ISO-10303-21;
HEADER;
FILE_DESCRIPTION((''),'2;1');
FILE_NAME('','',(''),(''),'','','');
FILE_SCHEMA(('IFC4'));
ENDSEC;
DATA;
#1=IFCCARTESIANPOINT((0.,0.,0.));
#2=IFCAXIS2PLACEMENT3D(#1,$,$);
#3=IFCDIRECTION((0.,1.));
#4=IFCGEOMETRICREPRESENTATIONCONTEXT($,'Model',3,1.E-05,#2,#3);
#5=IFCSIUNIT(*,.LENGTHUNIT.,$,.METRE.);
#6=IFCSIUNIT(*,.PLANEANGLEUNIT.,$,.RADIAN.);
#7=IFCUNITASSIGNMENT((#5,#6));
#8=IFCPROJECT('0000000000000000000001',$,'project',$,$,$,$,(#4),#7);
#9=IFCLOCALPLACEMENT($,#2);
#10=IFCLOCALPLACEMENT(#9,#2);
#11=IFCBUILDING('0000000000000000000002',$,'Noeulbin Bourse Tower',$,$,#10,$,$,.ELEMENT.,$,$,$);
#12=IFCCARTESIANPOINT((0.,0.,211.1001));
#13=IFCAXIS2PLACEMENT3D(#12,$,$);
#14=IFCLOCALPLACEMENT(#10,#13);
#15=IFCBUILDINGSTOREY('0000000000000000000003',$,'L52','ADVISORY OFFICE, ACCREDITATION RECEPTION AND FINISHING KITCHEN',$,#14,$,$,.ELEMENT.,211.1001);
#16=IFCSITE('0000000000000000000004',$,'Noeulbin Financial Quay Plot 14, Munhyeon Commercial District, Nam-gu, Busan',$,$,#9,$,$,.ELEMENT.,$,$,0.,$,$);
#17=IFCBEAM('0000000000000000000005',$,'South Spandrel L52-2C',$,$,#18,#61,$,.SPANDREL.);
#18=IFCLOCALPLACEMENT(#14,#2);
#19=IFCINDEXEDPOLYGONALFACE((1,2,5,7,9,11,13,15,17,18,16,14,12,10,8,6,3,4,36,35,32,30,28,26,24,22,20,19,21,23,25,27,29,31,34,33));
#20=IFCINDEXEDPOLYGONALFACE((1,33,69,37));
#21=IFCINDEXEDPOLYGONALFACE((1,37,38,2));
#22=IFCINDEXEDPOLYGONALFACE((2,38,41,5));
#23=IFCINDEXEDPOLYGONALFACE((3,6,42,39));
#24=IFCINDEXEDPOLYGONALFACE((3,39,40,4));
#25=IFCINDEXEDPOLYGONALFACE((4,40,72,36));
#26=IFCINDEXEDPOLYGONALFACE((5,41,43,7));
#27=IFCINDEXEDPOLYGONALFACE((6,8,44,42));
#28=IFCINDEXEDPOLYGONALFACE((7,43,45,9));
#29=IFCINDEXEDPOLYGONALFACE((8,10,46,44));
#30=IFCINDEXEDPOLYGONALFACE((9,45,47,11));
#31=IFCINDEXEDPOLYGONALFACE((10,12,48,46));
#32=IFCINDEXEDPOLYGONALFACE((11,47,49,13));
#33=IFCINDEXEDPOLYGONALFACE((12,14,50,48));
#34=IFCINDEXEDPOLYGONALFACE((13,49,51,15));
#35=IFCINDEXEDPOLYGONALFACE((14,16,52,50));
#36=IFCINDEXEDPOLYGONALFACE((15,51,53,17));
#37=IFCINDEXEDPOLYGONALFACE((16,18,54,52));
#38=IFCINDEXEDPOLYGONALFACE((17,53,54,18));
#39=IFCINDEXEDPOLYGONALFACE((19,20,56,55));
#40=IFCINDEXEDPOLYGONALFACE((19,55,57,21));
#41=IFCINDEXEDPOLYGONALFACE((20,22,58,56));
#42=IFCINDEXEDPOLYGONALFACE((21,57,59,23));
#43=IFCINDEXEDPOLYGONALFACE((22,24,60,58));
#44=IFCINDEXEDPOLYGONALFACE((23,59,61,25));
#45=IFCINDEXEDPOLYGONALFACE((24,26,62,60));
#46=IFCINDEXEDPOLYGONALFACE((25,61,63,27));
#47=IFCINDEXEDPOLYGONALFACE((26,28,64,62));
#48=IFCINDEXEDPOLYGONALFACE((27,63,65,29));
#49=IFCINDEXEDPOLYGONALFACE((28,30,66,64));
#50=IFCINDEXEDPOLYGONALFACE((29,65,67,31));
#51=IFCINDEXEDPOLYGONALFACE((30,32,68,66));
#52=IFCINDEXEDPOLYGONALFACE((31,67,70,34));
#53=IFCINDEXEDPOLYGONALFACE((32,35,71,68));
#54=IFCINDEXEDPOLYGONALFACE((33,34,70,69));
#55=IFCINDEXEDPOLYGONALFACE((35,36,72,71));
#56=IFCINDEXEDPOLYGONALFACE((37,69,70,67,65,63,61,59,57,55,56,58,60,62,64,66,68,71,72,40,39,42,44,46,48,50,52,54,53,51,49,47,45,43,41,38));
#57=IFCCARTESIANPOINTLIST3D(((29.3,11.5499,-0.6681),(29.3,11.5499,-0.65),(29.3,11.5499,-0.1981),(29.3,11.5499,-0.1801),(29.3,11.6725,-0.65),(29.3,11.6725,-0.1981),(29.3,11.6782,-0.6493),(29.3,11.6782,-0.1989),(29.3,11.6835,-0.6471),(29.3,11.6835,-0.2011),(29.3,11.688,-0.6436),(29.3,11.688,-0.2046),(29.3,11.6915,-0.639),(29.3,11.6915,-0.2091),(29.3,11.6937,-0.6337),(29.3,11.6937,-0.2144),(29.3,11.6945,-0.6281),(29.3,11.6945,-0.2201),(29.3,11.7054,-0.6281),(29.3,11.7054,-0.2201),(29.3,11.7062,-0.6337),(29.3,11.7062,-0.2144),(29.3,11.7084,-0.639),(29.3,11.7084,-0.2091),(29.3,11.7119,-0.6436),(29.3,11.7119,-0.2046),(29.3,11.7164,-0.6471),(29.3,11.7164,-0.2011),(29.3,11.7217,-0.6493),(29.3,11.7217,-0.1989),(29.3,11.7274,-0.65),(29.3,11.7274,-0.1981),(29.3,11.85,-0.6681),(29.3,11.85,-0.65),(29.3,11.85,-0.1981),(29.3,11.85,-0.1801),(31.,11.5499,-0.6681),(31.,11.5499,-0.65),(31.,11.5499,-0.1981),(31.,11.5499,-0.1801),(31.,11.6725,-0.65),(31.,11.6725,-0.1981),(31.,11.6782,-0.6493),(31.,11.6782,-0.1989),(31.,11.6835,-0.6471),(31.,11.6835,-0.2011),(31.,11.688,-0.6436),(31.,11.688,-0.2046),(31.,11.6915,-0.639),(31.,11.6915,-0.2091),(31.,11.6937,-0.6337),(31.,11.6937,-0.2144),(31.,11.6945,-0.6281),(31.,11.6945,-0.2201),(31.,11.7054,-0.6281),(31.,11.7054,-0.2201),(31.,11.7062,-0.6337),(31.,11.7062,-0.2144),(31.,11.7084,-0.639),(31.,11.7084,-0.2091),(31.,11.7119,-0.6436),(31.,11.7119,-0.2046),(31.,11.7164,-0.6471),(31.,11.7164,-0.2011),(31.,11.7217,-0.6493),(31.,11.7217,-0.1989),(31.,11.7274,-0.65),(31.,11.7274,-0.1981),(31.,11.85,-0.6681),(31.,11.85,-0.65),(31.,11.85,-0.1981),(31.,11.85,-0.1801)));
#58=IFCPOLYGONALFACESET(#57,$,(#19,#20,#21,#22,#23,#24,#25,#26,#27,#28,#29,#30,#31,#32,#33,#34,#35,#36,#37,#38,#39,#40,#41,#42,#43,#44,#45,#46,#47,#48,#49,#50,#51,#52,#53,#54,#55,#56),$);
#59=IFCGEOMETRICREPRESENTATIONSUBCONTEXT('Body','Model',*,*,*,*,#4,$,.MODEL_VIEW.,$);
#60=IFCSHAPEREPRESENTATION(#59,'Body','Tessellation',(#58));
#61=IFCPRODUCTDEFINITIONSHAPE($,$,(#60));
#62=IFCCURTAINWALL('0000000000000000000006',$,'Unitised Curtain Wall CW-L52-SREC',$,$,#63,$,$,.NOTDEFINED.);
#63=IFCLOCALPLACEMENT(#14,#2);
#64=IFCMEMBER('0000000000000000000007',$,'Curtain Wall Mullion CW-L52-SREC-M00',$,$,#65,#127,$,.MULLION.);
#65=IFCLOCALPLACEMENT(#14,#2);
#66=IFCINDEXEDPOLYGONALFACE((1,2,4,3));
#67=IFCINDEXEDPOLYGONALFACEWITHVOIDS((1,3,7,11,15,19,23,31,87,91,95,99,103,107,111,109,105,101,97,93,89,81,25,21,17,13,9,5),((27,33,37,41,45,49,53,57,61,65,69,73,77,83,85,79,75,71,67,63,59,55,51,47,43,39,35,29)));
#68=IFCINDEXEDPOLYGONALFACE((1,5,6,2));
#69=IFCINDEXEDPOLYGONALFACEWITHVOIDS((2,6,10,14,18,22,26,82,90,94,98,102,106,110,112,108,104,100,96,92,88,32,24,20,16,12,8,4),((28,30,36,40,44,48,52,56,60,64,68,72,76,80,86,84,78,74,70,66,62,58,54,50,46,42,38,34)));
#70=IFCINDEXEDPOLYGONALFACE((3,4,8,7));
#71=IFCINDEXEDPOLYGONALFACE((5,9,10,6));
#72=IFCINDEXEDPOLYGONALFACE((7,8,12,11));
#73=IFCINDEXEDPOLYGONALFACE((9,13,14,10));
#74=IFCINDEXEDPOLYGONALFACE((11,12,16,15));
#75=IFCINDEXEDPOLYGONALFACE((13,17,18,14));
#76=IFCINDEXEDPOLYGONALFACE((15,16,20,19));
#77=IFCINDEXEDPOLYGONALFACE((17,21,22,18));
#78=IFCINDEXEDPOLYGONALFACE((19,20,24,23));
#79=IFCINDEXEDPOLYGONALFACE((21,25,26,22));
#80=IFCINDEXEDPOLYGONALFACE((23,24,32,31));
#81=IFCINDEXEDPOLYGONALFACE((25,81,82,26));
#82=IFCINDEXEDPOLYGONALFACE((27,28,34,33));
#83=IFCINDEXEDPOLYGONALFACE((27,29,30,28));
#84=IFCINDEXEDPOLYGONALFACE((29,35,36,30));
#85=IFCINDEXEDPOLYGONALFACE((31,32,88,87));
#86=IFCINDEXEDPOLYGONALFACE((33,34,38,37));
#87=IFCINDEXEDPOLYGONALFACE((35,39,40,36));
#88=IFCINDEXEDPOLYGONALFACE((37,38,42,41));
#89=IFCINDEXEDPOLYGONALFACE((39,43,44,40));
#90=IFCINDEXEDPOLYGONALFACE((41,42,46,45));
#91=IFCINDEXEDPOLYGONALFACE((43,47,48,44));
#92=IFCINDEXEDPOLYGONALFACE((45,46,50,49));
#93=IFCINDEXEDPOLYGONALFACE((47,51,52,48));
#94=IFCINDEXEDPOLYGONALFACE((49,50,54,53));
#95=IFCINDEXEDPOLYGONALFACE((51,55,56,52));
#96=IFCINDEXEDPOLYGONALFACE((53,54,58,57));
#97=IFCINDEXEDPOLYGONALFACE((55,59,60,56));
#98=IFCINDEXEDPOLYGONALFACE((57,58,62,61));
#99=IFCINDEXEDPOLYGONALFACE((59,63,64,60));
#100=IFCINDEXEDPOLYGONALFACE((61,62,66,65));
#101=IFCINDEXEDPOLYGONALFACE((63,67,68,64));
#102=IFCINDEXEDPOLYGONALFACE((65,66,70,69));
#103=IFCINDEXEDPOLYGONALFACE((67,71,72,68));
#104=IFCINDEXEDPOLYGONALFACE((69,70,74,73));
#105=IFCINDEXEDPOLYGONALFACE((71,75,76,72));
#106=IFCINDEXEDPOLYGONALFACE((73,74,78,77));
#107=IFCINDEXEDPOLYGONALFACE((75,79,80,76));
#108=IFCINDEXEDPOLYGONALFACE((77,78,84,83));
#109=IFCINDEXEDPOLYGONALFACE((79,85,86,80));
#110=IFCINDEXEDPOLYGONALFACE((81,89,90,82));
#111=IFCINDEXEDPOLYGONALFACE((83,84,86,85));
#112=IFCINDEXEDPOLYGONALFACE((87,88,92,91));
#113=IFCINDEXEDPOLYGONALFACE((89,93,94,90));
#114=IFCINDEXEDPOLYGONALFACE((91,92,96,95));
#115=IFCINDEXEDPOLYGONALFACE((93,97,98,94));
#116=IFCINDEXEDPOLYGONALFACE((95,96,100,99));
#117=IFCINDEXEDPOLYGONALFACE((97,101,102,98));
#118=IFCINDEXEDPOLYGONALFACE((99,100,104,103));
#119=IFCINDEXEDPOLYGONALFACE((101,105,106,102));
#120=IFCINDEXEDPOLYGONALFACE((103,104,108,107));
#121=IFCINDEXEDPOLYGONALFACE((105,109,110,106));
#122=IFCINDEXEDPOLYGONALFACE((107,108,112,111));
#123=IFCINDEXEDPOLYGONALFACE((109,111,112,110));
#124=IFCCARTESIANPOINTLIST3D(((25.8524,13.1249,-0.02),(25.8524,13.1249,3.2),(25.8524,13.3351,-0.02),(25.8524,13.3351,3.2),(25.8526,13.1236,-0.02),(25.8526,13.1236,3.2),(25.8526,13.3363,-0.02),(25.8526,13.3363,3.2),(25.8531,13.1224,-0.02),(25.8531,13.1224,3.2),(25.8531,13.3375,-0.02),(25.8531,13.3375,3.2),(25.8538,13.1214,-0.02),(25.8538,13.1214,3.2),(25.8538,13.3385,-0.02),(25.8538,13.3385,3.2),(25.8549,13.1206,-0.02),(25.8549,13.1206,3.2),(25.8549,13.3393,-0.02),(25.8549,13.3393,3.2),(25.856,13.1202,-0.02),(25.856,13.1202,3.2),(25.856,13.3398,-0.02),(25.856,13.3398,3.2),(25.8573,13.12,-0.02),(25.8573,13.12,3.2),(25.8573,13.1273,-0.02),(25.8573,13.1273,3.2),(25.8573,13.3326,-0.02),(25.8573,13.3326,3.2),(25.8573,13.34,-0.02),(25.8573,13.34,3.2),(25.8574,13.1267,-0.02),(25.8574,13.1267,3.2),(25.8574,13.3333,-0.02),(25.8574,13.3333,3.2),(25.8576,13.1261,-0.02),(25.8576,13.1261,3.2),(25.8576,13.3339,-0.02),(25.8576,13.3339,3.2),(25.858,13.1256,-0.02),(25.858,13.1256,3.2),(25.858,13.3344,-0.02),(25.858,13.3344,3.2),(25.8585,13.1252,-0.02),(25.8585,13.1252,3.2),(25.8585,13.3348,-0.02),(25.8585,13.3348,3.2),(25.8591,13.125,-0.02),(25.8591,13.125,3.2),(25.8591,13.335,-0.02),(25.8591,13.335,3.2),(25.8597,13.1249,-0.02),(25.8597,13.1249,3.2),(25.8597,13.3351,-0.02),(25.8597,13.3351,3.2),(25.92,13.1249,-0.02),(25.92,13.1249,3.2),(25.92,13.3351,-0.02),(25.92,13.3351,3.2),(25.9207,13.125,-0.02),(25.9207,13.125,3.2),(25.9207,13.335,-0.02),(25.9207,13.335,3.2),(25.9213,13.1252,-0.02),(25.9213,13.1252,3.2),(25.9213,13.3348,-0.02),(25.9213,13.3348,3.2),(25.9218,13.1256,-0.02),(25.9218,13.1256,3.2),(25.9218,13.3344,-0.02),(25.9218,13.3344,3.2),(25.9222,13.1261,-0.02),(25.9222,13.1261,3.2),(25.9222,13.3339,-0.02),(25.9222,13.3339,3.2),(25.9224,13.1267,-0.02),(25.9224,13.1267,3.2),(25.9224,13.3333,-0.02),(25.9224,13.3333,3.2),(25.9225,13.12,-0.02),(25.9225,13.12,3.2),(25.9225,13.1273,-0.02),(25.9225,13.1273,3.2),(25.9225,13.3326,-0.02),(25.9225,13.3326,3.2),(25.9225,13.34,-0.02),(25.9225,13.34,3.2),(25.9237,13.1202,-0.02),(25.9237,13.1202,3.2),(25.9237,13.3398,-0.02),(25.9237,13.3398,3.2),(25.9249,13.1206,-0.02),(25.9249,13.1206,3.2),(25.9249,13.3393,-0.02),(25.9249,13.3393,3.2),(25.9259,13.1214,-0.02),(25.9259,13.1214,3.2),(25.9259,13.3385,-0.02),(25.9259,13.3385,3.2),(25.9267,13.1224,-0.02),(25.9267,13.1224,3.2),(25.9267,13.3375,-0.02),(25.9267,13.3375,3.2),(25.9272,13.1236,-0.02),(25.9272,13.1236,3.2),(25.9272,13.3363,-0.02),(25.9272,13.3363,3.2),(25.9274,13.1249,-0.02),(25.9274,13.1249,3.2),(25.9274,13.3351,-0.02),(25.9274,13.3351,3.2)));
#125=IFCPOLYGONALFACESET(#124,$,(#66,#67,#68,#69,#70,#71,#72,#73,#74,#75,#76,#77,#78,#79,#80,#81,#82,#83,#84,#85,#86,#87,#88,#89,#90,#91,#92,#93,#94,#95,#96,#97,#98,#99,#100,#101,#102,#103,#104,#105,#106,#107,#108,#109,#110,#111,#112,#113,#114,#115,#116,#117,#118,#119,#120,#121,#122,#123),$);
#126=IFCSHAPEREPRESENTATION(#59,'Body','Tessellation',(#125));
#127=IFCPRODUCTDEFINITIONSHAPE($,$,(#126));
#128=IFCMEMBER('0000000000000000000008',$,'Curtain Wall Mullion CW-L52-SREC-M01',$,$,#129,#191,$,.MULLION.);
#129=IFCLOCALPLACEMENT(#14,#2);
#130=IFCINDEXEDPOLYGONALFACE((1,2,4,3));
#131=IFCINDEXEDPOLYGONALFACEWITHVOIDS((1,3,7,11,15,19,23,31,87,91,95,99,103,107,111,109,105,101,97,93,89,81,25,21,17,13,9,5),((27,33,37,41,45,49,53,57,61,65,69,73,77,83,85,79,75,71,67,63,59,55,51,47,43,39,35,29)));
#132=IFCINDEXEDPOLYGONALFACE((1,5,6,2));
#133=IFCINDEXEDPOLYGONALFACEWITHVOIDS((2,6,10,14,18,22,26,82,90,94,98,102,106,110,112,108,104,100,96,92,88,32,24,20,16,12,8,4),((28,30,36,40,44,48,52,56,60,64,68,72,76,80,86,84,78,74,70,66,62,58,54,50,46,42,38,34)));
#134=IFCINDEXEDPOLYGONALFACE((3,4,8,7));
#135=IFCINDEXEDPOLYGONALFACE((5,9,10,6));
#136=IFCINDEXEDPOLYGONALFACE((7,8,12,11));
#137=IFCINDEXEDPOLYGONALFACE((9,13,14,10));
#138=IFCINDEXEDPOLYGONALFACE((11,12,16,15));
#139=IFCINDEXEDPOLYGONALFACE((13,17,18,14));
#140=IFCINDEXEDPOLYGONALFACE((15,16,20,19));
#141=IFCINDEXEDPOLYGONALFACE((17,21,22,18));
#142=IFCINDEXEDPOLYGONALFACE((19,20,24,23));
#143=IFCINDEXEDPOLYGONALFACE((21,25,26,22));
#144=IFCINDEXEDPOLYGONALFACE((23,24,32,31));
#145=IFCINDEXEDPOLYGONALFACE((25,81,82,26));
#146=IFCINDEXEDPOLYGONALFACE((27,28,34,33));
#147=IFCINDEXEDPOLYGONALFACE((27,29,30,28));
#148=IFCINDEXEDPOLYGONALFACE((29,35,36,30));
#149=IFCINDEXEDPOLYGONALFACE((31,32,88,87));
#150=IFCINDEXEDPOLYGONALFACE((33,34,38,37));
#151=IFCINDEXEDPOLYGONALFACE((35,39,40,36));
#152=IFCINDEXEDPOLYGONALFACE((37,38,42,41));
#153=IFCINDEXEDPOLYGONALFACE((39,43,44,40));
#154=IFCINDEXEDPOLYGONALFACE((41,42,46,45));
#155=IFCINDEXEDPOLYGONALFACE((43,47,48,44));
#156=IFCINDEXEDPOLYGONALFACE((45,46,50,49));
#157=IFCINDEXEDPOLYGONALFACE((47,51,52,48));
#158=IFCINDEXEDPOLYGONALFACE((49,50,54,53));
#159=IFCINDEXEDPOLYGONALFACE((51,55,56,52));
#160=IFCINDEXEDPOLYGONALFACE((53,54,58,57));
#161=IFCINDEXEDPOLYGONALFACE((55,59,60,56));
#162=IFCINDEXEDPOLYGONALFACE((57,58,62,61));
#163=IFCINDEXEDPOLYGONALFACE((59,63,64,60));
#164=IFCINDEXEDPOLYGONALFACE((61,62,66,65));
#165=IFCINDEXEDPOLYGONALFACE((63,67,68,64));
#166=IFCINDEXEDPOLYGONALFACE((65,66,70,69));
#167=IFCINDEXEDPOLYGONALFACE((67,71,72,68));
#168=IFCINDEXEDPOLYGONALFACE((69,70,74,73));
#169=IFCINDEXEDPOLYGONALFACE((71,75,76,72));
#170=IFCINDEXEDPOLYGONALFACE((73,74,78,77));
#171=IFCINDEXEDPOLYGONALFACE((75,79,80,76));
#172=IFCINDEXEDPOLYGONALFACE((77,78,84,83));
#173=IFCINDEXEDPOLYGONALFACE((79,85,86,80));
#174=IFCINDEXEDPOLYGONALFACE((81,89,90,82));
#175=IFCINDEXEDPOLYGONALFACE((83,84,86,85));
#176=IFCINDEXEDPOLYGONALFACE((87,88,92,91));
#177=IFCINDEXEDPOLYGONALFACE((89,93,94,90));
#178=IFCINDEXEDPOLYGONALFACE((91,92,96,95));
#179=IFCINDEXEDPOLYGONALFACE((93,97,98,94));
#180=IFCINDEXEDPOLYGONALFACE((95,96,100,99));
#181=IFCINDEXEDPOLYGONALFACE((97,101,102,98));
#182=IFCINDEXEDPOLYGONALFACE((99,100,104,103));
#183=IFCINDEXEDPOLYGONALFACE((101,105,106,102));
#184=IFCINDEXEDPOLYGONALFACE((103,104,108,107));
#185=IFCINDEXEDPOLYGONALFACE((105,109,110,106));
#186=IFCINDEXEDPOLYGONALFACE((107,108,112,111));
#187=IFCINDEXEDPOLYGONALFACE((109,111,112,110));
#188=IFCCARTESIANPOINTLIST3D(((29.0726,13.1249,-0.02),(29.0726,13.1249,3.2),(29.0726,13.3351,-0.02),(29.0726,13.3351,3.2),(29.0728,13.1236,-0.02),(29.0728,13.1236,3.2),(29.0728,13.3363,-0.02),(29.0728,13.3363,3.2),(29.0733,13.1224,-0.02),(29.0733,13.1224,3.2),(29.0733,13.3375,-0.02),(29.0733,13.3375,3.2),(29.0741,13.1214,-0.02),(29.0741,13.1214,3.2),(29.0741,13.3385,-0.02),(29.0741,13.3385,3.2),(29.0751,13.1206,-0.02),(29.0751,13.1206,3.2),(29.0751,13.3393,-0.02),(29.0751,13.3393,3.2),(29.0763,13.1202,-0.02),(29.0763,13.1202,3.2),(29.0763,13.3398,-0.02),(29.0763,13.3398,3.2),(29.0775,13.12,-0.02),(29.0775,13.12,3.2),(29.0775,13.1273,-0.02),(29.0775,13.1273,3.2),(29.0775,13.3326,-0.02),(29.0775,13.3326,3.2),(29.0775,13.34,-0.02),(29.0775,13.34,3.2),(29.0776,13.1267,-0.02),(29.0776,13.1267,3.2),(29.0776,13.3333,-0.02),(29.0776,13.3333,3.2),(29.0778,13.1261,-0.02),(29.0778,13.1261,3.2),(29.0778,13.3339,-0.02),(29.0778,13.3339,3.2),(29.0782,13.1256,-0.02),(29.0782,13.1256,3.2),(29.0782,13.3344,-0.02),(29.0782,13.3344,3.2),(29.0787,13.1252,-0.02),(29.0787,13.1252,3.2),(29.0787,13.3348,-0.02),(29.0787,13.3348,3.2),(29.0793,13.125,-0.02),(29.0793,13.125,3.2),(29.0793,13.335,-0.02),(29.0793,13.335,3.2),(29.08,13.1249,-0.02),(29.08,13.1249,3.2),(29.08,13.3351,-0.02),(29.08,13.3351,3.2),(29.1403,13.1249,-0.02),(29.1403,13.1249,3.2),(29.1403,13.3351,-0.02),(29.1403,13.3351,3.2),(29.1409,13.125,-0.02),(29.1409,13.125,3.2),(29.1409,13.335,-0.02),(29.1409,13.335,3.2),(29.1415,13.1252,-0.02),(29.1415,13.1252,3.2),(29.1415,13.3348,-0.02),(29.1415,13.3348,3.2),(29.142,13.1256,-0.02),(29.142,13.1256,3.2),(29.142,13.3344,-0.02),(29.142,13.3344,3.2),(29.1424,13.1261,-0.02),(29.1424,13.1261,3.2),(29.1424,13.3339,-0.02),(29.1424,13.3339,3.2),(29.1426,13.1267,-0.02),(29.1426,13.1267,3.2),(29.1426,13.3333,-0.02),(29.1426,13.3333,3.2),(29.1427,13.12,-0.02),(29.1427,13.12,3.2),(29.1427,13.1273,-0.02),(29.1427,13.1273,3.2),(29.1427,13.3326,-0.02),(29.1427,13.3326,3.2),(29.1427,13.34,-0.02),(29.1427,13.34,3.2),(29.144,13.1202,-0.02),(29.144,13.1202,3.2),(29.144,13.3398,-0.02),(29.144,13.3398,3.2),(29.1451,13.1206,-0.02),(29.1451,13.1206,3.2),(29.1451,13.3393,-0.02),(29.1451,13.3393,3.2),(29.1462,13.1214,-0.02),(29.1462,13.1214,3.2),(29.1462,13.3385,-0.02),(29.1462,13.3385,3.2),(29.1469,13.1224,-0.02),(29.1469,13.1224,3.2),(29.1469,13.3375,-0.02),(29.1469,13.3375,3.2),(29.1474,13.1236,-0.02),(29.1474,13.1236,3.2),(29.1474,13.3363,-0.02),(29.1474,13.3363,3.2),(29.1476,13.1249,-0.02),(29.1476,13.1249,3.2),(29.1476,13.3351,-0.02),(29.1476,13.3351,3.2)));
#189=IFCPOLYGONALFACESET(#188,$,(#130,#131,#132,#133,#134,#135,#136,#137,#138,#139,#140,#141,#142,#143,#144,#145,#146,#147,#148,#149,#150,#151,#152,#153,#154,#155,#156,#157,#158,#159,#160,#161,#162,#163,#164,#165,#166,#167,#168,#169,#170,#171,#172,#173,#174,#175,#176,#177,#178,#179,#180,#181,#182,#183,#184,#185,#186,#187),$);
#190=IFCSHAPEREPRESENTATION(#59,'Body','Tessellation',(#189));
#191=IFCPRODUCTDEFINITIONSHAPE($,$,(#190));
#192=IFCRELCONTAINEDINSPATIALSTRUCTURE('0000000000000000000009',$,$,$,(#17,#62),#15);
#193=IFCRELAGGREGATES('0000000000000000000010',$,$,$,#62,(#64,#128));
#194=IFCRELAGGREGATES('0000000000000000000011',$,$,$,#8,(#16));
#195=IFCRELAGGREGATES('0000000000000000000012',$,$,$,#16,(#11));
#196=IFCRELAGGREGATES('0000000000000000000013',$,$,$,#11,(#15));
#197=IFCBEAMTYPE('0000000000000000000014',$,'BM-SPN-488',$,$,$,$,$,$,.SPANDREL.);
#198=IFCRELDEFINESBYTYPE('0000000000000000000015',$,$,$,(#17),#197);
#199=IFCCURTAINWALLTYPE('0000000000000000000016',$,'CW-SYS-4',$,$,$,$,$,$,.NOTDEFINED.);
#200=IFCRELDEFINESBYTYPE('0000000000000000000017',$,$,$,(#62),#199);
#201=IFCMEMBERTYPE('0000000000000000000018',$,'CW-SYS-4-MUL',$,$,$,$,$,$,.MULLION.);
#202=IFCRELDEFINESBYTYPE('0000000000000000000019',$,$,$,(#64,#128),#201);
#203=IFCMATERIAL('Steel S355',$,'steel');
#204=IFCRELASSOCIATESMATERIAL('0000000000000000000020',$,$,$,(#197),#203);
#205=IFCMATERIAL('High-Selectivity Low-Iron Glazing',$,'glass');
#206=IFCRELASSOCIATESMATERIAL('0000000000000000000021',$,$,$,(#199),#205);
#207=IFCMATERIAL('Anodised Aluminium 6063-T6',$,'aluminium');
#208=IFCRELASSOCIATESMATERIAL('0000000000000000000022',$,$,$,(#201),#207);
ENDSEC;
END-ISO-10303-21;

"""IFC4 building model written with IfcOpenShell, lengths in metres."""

from ifc_helpers import new_model, si_unit, direction, frame, origin, origin_2d, place, context, subcontext, project, spatial, hollow_rectangle, i_section, extrude, material, material_profile, profile_set, type_object, element, aggregate, save


model = new_model("IFC4")

# Units and contexts
model_context = context("Model", 3, precision=1e-05, world=origin(), true_north=direction((0.0, 1.0)))
body_context = subcontext(model_context, "Body", "Model", "MODEL_VIEW")
ifc_project = project(units=[si_unit("LENGTHUNIT", "METRE"), si_unit("PLANEANGLEUNIT", "RADIAN")], contexts=[model_context])

# Site, building, storey
site_placement = place(None, origin())
site = spatial("IfcSite", under=ifc_project, at=site_placement, Name="Noeulbin Financial Quay Plot 14, Munhyeon Commercial District, Nam-gu, Busan", CompositionType="ELEMENT", RefElevation=0.0)
building_placement = place(site_placement, origin())
building = spatial("IfcBuilding", under=site, at=building_placement, Name="Noeulbin Bourse Tower", CompositionType="ELEMENT")
storey_placement = place(building_placement, frame((0.0, 0.0, 211.1001)))
storey = spatial("IfcBuildingStorey", under=building, at=storey_placement, Name="L52", Description="ADVISORY OFFICE, ACCREDITATION RECEPTION AND FINISHING KITCHEN", CompositionType="ELEMENT", Elevation=211.1001)

# Shared definitions
ifc_material_1 = material(Name="Steel S355", Category="steel")

# Beam
ifc_material_profile_1 = material_profile(ifc_material_1, i_section(OverallWidth=0.3, OverallDepth=0.488, WebThickness=0.011, FlangeThickness=0.0181, FilletRadius=0.022, at=origin_2d()), Name="H-488x300x11x18", Category="LoadBearing")
ifc_profile_set_1 = profile_set([ifc_material_profile_1], Name="Steel S355")
beam_type_1 = type_object("IfcBeamType", Name="BM-SPN-488", PredefinedType="SPANDREL", material=ifc_profile_set_1)
for number, where, z_axis, x_axis, name in (
    (1, (29.3, 11.7, -0.4241), (1.0, 0.0, 0.0), (0.0, 1.0, 0.0), "South Spandrel L52-2C"),
):
    element("IfcBeam", number, at=place(storey_placement, frame(where, z_axis=z_axis, x_axis=x_axis)), inside=storey, type_object=beam_type_1, Name=name, PredefinedType="SPANDREL", context=body_context, shape_type="SweptSolid", body=[
        extrude(i_section(OverallWidth=0.3, OverallDepth=0.488, WebThickness=0.011, FlangeThickness=0.0181, FilletRadius=0.022, at=origin_2d()), origin(), (0.0, 0.0, 1.0), 1.7),
    ])

# Curtain wall, members
ifc_material_2 = material(Name="High-Selectivity Low-Iron Glazing", Category="glass")
curtain_wall_type = type_object("IfcCurtainWallType", Name="CW-SYS-4", PredefinedType="NOTDEFINED", material=ifc_material_2)
curtain_wall_1_placement = place(storey_placement, origin())
curtain_wall_1 = element("IfcCurtainWall", 2, at=curtain_wall_1_placement, inside=storey, type_object=curtain_wall_type, Name="Unitised Curtain Wall CW-L52-SREC", PredefinedType="NOTDEFINED")
ifc_material_3 = material(Name="Anodised Aluminium 6063-T6", Category="aluminium")
ifc_material_profile_2 = material_profile(ifc_material_3, hollow_rectangle(XDim=0.075, YDim=0.22, WallThickness=0.0049, InnerFilletRadius=0.0024, OuterFilletRadius=0.0049, at=origin_2d()), Name="ALU-MULL-75x220x5", Category="LoadBearing")
ifc_profile_set_2 = profile_set([ifc_material_profile_2], Name="Anodised Aluminium 6063-T6")
member_type_1 = type_object("IfcMemberType", Name="CW-SYS-4-MUL", PredefinedType="MULLION", material=ifc_profile_set_2)
member_1_placement = place(storey_placement, frame((25.8899, 13.23, -0.02), z_axis=(0.0, 0.0, 1.0), x_axis=(1.0, 0.0, 0.0)))
member_1 = element("IfcMember", 3, at=member_1_placement, type_object=member_type_1, Name="Curtain Wall Mullion CW-L52-SREC-M00", PredefinedType="MULLION", context=body_context, shape_type="SweptSolid", body=[
    extrude(hollow_rectangle(XDim=0.075, YDim=0.22, WallThickness=0.0049, InnerFilletRadius=0.0024, OuterFilletRadius=0.0049, at=origin_2d()), origin(), (0.0, 0.0, 1.0), 3.22),
])
member_2_placement = place(storey_placement, frame((29.1101, 13.23, -0.02), z_axis=(0.0, 0.0, 1.0), x_axis=(1.0, 0.0, 0.0)))
member_2 = element("IfcMember", 4, at=member_2_placement, type_object=member_type_1, Name="Curtain Wall Mullion CW-L52-SREC-M01", PredefinedType="MULLION", context=body_context, shape_type="SweptSolid", body=[
    extrude(hollow_rectangle(XDim=0.075, YDim=0.22, WallThickness=0.0049, InnerFilletRadius=0.0024, OuterFilletRadius=0.0049, at=origin_2d()), origin(), (0.0, 0.0, 1.0), 3.22),
])

aggregate(curtain_wall_1, [member_1, member_2])

save(model, "model.ifc")
